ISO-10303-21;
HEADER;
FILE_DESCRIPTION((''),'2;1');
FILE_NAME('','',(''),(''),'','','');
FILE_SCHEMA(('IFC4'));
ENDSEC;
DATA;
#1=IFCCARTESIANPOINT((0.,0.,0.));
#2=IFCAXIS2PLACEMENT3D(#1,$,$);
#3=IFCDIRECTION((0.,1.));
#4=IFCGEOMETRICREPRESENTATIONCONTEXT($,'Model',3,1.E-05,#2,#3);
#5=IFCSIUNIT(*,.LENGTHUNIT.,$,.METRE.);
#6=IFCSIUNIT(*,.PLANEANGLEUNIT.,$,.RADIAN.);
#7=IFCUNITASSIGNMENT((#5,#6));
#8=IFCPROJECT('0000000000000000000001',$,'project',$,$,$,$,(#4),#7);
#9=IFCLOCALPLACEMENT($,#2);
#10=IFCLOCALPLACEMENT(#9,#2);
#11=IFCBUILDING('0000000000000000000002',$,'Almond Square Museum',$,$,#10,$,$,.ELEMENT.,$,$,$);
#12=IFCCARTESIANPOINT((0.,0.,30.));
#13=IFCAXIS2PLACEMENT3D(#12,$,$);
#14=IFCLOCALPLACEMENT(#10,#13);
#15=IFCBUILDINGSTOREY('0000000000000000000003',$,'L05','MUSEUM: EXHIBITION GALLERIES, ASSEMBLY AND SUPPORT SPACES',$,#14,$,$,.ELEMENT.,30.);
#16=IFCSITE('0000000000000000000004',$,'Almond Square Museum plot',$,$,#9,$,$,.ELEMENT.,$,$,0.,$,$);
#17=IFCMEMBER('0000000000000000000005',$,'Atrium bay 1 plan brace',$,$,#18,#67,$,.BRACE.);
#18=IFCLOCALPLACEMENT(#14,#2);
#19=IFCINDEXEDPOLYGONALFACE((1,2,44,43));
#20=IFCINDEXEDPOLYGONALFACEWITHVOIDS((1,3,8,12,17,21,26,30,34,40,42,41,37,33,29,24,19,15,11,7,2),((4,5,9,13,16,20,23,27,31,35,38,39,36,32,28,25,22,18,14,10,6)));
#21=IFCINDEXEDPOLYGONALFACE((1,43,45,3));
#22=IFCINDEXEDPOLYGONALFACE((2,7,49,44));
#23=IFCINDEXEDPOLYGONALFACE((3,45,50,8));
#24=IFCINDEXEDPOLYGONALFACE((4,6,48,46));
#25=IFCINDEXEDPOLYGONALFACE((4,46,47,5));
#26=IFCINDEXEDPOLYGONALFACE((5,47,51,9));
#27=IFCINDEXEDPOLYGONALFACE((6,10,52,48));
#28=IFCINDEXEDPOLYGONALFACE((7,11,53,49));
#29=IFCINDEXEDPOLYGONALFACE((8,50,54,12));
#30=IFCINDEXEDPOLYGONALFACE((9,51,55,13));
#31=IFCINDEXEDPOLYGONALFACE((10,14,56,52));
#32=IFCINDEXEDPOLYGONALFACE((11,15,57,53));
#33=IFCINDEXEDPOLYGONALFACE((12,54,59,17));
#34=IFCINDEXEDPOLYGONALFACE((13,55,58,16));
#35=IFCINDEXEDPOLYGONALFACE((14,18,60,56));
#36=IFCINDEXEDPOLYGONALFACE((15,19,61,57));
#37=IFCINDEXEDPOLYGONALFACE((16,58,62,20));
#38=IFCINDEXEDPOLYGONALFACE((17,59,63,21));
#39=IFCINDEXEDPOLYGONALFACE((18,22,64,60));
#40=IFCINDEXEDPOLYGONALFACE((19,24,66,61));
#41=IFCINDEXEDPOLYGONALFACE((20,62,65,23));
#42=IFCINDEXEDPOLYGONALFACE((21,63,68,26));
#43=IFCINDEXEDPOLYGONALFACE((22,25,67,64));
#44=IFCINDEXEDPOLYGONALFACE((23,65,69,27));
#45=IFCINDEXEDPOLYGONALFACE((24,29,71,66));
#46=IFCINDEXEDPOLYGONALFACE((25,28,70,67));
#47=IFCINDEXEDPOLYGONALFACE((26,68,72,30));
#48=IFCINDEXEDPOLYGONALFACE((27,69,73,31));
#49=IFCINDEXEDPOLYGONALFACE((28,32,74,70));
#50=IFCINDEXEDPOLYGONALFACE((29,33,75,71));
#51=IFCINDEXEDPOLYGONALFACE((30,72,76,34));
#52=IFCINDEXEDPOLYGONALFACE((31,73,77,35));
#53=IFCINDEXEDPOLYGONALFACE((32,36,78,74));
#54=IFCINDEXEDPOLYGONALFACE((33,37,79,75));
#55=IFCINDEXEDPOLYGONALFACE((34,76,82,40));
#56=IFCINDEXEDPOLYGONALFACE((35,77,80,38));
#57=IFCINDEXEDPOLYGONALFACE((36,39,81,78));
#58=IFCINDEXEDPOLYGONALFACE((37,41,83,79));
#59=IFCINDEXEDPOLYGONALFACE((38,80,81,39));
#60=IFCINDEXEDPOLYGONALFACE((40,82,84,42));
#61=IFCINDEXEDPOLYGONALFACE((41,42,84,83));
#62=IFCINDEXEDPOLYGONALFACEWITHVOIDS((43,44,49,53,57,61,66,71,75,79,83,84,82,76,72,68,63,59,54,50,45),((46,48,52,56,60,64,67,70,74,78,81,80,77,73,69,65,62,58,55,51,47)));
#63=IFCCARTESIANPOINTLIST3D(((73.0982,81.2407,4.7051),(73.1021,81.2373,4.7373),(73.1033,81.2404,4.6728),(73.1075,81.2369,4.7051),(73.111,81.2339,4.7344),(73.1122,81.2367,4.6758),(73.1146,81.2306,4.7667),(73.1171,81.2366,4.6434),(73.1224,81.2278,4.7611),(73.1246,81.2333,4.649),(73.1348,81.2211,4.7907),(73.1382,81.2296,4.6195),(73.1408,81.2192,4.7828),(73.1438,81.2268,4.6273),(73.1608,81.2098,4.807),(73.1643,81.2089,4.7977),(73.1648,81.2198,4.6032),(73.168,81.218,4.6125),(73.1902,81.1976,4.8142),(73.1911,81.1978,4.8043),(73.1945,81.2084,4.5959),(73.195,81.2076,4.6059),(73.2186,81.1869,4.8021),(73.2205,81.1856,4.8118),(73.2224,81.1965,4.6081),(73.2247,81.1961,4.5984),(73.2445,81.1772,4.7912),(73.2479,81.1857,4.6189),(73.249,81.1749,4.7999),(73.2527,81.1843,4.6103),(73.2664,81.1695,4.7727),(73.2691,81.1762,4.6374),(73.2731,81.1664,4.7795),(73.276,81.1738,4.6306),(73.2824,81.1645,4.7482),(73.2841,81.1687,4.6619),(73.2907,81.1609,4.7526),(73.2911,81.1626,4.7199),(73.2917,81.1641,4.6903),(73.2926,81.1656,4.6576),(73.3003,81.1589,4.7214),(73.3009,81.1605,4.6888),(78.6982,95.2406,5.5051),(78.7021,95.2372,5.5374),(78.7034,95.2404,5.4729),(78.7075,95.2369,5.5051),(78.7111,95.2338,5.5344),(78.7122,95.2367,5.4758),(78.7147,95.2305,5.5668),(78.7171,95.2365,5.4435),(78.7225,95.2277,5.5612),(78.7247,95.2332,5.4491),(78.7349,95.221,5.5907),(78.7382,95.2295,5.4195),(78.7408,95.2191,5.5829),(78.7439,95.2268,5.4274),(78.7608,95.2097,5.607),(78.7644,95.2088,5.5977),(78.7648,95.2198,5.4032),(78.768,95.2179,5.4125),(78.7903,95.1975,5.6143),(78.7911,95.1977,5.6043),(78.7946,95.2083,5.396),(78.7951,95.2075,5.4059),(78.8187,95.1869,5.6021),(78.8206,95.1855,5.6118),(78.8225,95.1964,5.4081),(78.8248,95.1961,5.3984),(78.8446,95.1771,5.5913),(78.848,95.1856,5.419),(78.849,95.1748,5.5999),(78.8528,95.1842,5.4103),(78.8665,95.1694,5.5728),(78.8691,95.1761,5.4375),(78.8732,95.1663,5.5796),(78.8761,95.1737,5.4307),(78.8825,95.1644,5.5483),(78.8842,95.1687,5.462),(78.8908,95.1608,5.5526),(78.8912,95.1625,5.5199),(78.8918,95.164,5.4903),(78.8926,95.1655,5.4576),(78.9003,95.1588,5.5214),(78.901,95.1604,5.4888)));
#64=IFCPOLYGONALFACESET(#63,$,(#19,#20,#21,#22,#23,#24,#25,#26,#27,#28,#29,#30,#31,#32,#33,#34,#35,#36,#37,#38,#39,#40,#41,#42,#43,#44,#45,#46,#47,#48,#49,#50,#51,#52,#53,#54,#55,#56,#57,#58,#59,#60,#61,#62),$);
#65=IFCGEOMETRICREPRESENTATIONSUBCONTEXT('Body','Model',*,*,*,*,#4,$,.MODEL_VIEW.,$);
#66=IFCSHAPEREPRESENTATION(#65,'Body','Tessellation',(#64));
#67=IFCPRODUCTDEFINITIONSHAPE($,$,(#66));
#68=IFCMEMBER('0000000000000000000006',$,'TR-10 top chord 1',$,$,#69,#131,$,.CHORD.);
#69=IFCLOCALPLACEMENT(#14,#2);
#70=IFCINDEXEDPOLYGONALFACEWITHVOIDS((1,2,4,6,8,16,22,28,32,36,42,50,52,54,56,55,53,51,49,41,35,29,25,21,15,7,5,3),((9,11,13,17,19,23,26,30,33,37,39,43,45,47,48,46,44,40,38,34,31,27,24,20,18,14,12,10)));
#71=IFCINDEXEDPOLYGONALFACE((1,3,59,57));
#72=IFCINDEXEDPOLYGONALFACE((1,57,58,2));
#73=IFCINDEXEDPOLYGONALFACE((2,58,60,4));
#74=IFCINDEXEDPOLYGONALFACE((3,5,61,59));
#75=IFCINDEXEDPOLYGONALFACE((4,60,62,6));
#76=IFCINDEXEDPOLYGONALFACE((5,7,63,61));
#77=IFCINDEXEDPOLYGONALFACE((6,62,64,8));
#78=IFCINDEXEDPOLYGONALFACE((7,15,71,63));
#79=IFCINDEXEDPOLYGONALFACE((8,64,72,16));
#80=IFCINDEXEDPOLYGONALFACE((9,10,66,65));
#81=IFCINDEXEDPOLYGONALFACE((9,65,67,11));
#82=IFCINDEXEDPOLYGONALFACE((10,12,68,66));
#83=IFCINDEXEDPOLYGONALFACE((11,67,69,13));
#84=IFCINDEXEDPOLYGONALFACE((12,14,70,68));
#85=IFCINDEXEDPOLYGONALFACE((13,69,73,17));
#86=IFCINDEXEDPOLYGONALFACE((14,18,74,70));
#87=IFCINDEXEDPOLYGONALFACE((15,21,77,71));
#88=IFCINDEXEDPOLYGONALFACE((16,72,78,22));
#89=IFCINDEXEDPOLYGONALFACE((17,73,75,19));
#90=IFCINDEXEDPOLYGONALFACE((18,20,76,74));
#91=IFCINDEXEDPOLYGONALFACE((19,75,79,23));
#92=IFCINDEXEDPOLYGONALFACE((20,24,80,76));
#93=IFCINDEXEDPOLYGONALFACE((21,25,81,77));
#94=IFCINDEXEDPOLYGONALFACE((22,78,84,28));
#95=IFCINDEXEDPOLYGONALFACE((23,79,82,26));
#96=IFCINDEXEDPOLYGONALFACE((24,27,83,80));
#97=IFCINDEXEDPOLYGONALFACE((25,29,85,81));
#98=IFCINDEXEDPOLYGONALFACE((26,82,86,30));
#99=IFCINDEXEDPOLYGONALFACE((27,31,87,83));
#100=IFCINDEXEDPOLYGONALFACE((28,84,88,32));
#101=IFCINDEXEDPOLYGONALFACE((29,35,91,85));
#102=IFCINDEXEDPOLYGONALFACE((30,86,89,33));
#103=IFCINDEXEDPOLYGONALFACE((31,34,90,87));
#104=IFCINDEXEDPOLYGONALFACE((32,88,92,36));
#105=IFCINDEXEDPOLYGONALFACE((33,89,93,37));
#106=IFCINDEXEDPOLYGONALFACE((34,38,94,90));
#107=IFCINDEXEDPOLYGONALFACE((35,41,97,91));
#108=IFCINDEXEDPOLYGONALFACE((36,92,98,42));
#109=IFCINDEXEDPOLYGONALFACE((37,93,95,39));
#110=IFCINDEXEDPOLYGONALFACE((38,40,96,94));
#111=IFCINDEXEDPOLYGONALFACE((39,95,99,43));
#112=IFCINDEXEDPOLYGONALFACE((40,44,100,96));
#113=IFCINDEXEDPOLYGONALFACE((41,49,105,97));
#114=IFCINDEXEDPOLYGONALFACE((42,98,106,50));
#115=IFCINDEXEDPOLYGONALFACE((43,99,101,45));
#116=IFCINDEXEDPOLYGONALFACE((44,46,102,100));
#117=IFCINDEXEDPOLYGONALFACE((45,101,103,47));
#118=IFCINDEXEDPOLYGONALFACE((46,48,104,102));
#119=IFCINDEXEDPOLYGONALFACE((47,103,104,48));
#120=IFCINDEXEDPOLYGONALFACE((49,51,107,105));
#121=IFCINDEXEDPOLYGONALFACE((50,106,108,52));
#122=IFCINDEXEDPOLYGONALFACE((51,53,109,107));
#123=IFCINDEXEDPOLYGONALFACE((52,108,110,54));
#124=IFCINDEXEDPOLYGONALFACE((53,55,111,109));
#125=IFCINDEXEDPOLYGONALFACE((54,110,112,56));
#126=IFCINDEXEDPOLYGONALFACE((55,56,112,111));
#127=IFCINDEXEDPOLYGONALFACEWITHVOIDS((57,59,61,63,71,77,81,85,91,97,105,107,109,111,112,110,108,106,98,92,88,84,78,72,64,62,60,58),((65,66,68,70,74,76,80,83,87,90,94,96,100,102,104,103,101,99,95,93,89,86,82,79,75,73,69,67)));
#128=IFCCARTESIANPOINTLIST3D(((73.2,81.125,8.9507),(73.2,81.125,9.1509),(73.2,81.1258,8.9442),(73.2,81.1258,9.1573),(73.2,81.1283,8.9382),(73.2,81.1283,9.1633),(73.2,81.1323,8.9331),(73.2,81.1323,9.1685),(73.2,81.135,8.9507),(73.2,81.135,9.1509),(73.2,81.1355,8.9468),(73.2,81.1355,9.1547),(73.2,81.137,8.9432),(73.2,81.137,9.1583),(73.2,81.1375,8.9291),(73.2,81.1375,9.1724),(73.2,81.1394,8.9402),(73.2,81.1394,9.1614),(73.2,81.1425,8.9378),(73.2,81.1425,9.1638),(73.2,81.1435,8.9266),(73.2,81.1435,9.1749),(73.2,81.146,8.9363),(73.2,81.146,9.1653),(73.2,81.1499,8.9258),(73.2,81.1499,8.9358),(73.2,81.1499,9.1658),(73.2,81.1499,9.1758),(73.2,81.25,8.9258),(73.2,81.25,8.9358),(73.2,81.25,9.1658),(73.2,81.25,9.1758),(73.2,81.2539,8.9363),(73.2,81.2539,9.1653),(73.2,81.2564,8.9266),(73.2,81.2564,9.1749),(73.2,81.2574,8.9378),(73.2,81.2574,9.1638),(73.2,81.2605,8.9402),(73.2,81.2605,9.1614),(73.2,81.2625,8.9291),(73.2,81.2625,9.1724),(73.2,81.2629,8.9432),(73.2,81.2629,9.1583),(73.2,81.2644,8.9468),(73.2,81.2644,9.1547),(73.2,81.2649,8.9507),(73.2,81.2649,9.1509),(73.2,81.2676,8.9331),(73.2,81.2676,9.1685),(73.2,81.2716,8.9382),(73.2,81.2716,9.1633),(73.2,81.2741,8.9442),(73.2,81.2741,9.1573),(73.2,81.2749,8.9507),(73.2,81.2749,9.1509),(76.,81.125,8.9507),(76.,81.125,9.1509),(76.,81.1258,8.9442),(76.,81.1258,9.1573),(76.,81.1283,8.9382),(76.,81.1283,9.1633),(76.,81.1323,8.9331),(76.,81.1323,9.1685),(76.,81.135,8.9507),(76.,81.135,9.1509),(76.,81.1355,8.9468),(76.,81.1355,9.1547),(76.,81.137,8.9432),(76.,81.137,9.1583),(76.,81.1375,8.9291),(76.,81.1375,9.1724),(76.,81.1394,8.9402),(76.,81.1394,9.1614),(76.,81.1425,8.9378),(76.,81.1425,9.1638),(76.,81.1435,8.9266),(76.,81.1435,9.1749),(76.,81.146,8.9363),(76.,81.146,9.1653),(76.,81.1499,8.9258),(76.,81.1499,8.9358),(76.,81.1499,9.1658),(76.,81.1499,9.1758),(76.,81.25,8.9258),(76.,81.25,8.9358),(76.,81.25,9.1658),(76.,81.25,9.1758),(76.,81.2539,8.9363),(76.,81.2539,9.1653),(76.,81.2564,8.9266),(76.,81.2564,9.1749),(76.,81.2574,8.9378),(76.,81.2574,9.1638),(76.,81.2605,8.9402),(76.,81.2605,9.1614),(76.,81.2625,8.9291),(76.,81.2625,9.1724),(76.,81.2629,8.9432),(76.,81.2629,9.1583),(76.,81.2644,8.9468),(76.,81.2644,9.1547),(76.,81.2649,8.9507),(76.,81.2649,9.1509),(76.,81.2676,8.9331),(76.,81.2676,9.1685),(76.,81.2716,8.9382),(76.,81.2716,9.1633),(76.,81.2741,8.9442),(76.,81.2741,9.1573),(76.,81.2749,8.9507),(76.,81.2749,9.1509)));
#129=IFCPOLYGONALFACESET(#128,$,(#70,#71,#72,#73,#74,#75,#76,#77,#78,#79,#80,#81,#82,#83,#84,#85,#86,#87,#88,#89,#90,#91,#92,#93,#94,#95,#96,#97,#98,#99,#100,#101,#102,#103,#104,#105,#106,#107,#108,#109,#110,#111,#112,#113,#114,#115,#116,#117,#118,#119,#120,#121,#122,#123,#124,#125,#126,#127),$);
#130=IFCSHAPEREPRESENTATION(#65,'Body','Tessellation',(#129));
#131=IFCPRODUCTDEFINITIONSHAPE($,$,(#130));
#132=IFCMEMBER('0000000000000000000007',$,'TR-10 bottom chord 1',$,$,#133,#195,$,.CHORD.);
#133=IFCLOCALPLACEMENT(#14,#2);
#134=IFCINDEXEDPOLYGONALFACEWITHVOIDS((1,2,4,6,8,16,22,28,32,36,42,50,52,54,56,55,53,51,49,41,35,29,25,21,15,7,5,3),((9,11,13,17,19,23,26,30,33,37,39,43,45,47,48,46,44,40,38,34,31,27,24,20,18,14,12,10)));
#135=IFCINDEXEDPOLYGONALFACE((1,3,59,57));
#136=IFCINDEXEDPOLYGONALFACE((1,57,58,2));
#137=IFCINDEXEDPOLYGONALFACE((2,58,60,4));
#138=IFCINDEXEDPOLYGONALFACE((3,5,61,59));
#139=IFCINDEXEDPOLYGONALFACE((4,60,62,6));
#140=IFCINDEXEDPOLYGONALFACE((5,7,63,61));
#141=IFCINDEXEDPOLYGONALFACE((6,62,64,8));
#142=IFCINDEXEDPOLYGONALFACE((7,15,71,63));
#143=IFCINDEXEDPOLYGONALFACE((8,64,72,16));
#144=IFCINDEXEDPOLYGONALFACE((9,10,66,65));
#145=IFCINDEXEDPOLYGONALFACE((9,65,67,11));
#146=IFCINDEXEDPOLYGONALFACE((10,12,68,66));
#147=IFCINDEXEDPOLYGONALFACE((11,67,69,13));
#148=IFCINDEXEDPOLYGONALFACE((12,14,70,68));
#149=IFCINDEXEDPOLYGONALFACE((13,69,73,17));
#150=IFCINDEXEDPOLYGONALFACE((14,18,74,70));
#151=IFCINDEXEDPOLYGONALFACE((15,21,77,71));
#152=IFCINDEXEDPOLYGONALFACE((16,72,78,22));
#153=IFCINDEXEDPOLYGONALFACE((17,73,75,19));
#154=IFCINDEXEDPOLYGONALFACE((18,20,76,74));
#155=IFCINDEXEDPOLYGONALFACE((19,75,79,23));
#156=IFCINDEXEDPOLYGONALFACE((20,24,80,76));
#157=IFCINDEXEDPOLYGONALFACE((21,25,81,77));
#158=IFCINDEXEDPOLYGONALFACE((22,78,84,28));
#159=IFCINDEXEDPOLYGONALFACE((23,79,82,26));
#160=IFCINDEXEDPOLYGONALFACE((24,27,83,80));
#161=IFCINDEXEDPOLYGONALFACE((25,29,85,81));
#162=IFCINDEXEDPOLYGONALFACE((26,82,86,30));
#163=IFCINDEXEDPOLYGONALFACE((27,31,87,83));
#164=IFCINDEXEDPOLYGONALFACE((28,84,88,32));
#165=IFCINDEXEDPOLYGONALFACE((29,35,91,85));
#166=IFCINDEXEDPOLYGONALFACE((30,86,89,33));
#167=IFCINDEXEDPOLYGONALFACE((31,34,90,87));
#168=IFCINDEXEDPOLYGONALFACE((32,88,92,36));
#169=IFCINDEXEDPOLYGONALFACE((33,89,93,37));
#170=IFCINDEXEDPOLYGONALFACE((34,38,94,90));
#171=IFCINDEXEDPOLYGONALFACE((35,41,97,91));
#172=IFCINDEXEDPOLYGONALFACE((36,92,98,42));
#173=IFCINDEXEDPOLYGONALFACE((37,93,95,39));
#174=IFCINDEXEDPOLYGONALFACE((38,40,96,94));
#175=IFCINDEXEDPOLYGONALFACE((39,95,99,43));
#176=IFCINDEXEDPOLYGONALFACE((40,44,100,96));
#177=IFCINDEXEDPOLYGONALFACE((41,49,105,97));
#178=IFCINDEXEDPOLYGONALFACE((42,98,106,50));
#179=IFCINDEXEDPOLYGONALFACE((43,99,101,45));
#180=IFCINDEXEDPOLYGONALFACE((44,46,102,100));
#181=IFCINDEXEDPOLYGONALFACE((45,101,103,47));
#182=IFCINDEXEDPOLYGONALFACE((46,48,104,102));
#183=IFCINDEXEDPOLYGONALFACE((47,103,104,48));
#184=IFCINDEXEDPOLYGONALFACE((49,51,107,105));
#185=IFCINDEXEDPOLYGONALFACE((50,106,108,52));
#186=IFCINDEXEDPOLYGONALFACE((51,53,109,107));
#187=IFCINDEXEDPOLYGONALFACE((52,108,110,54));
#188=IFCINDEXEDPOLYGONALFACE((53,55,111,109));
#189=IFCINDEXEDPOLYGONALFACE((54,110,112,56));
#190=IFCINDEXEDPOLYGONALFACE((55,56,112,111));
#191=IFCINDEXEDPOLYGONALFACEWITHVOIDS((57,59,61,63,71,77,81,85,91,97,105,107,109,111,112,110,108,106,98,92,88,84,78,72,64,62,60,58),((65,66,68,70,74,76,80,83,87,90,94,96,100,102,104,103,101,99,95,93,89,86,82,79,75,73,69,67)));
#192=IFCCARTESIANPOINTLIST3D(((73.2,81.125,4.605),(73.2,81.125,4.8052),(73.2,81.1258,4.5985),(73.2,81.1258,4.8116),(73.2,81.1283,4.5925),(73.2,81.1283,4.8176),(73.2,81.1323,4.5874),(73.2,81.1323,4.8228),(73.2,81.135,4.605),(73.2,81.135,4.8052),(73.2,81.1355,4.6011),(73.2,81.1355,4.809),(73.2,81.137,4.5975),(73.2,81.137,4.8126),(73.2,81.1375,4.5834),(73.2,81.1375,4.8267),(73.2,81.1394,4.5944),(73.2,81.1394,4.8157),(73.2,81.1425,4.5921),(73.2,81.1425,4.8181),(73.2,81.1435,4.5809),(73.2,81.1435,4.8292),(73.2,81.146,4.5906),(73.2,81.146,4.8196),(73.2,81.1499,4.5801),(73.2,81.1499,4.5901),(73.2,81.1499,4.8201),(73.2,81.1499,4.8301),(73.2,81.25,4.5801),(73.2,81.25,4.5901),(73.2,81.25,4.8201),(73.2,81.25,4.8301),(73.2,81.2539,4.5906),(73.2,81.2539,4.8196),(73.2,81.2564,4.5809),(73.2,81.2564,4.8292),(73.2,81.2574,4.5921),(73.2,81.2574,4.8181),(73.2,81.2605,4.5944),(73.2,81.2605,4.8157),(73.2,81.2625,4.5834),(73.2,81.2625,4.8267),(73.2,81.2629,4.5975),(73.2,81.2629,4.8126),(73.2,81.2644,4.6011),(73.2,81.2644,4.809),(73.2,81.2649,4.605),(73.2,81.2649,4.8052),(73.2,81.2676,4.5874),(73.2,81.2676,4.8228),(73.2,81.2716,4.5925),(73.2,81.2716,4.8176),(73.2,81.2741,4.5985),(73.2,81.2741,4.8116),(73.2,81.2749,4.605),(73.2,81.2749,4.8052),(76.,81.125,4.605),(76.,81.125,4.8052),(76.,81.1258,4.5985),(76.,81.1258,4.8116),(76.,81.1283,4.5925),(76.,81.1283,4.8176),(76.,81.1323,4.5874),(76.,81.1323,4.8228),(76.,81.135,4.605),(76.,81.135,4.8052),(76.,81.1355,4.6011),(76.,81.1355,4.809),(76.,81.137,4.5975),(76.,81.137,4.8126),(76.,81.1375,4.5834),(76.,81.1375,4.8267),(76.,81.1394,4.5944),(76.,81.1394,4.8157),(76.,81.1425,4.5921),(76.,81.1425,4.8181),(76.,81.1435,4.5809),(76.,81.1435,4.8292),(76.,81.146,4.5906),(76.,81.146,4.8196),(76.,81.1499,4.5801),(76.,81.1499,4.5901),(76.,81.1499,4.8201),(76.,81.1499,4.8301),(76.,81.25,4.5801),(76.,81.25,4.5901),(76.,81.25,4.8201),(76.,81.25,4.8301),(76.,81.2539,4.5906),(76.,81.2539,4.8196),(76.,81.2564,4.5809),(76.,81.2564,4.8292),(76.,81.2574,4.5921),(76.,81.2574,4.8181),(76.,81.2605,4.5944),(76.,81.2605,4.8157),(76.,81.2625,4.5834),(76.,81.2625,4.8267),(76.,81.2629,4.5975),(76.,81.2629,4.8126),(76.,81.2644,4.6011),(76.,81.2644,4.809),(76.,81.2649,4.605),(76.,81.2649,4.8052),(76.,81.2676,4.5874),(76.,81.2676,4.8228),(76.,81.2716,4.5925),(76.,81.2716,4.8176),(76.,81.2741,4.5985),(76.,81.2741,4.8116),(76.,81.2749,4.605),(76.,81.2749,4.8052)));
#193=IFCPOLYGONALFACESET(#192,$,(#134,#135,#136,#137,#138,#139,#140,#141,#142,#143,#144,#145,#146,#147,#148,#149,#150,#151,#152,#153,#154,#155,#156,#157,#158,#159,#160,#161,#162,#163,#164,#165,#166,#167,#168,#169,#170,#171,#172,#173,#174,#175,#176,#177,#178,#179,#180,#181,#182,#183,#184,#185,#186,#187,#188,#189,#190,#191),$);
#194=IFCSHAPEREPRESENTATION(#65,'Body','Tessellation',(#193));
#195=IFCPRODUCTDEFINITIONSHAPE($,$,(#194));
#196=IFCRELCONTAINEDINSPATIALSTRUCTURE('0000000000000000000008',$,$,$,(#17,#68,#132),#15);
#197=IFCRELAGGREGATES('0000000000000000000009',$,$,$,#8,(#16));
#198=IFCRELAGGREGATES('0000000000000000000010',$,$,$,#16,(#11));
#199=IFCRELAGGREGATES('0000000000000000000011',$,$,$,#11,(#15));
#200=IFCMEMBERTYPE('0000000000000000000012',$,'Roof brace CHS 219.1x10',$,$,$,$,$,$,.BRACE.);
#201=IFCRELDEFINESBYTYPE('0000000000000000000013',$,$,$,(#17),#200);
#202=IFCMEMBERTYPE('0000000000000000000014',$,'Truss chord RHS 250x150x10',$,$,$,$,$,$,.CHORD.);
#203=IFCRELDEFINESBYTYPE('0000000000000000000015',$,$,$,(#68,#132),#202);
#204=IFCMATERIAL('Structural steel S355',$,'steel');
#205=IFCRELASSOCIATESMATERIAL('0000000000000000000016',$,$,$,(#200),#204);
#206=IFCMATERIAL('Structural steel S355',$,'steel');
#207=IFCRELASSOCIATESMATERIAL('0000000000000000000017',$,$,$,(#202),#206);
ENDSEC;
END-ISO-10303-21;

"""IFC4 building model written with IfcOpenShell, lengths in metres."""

from ifc_helpers import new_model, si_unit, direction, frame, origin, origin_2d, place, context, subcontext, project, spatial, hollow_rectangle, hollow_circle, extrude, material, material_profile, profile_set, type_object, element, save


model = new_model("IFC4")

# Units and contexts
model_context = context("Model", 3, precision=1e-05, world=origin(), true_north=direction((0.0, 1.0)))
body_context = subcontext(model_context, "Body", "Model", "MODEL_VIEW")
ifc_project = project(units=[si_unit("LENGTHUNIT", "METRE"), si_unit("PLANEANGLEUNIT", "RADIAN")], contexts=[model_context])

# Site, building, storey
site_placement = place(None, origin())
site = spatial("IfcSite", under=ifc_project, at=site_placement, Name="Almond Square Museum plot", CompositionType="ELEMENT", RefElevation=0.0)
building_placement = place(site_placement, origin())
building = spatial("IfcBuilding", under=site, at=building_placement, Name="Almond Square Museum", CompositionType="ELEMENT")
storey_placement = place(building_placement, frame((0.0, 0.0, 30.0)))
storey = spatial("IfcBuildingStorey", under=building, at=storey_placement, Name="L05", Description="MUSEUM: EXHIBITION GALLERIES, ASSEMBLY AND SUPPORT SPACES", CompositionType="ELEMENT", Elevation=30.0)

# Members
ifc_material_1 = material(Name="Structural steel S355", Category="steel")
ifc_material_profile_1 = material_profile(ifc_material_1, hollow_circle(Radius=0.1096, WallThickness=0.01, at=origin_2d()))
ifc_profile_set_1 = profile_set([ifc_material_profile_1], Name="Structural steel S355")
member_type_1 = type_object("IfcMemberType", Name="Roof brace CHS 219.1x10", PredefinedType="BRACE", material=ifc_profile_set_1)
member_1_placement = place(storey_placement, frame((73.2, 81.2, 4.7051), z_axis=(0.370875, 0.92717, 0.052984), x_axis=(-0.928474, 0.371396, 0.0)))
element("IfcMember", 1, at=member_1_placement, inside=storey, type_object=member_type_1, Name="Atrium bay 1 plan brace", PredefinedType="BRACE", context=body_context, shape_type="SweptSolid", body=[
    extrude(hollow_circle(Radius=0.1096, WallThickness=0.01, at=origin_2d()), origin(), (0.0, 0.0, 1.0), 15.0996),
])
ifc_material_2 = material(Name="Structural steel S355", Category="steel")
ifc_material_profile_2 = material_profile(ifc_material_2, hollow_rectangle(XDim=0.1499, YDim=0.25, WallThickness=0.01, InnerFilletRadius=0.0149, OuterFilletRadius=0.0249, at=origin_2d()))
ifc_profile_set_2 = profile_set([ifc_material_profile_2], Name="Structural steel S355")
member_type_2 = type_object("IfcMemberType", Name="Truss chord RHS 250x150x10", PredefinedType="CHORD", material=ifc_profile_set_2)
for number, where, z_axis, x_axis, name in (
    (2, (73.2, 81.2, 9.0508), (1.0, 0.0, 0.0), (0.0, 1.0, 0.0), "TR-10 top chord 1"),
    (3, (73.2, 81.2, 4.7051), (1.0, 0.0, 0.0), (0.0, 1.0, 0.0), "TR-10 bottom chord 1"),
):
    element("IfcMember", number, at=place(storey_placement, frame(where, z_axis=z_axis, x_axis=x_axis)), inside=storey, type_object=member_type_2, Name=name, PredefinedType="CHORD", context=body_context, shape_type="SweptSolid", body=[
        extrude(hollow_rectangle(XDim=0.1499, YDim=0.25, WallThickness=0.01, InnerFilletRadius=0.0149, OuterFilletRadius=0.0249, at=origin_2d()), origin(), (0.0, 0.0, 1.0), 2.8),
    ])

save(model, "model.ifc")
